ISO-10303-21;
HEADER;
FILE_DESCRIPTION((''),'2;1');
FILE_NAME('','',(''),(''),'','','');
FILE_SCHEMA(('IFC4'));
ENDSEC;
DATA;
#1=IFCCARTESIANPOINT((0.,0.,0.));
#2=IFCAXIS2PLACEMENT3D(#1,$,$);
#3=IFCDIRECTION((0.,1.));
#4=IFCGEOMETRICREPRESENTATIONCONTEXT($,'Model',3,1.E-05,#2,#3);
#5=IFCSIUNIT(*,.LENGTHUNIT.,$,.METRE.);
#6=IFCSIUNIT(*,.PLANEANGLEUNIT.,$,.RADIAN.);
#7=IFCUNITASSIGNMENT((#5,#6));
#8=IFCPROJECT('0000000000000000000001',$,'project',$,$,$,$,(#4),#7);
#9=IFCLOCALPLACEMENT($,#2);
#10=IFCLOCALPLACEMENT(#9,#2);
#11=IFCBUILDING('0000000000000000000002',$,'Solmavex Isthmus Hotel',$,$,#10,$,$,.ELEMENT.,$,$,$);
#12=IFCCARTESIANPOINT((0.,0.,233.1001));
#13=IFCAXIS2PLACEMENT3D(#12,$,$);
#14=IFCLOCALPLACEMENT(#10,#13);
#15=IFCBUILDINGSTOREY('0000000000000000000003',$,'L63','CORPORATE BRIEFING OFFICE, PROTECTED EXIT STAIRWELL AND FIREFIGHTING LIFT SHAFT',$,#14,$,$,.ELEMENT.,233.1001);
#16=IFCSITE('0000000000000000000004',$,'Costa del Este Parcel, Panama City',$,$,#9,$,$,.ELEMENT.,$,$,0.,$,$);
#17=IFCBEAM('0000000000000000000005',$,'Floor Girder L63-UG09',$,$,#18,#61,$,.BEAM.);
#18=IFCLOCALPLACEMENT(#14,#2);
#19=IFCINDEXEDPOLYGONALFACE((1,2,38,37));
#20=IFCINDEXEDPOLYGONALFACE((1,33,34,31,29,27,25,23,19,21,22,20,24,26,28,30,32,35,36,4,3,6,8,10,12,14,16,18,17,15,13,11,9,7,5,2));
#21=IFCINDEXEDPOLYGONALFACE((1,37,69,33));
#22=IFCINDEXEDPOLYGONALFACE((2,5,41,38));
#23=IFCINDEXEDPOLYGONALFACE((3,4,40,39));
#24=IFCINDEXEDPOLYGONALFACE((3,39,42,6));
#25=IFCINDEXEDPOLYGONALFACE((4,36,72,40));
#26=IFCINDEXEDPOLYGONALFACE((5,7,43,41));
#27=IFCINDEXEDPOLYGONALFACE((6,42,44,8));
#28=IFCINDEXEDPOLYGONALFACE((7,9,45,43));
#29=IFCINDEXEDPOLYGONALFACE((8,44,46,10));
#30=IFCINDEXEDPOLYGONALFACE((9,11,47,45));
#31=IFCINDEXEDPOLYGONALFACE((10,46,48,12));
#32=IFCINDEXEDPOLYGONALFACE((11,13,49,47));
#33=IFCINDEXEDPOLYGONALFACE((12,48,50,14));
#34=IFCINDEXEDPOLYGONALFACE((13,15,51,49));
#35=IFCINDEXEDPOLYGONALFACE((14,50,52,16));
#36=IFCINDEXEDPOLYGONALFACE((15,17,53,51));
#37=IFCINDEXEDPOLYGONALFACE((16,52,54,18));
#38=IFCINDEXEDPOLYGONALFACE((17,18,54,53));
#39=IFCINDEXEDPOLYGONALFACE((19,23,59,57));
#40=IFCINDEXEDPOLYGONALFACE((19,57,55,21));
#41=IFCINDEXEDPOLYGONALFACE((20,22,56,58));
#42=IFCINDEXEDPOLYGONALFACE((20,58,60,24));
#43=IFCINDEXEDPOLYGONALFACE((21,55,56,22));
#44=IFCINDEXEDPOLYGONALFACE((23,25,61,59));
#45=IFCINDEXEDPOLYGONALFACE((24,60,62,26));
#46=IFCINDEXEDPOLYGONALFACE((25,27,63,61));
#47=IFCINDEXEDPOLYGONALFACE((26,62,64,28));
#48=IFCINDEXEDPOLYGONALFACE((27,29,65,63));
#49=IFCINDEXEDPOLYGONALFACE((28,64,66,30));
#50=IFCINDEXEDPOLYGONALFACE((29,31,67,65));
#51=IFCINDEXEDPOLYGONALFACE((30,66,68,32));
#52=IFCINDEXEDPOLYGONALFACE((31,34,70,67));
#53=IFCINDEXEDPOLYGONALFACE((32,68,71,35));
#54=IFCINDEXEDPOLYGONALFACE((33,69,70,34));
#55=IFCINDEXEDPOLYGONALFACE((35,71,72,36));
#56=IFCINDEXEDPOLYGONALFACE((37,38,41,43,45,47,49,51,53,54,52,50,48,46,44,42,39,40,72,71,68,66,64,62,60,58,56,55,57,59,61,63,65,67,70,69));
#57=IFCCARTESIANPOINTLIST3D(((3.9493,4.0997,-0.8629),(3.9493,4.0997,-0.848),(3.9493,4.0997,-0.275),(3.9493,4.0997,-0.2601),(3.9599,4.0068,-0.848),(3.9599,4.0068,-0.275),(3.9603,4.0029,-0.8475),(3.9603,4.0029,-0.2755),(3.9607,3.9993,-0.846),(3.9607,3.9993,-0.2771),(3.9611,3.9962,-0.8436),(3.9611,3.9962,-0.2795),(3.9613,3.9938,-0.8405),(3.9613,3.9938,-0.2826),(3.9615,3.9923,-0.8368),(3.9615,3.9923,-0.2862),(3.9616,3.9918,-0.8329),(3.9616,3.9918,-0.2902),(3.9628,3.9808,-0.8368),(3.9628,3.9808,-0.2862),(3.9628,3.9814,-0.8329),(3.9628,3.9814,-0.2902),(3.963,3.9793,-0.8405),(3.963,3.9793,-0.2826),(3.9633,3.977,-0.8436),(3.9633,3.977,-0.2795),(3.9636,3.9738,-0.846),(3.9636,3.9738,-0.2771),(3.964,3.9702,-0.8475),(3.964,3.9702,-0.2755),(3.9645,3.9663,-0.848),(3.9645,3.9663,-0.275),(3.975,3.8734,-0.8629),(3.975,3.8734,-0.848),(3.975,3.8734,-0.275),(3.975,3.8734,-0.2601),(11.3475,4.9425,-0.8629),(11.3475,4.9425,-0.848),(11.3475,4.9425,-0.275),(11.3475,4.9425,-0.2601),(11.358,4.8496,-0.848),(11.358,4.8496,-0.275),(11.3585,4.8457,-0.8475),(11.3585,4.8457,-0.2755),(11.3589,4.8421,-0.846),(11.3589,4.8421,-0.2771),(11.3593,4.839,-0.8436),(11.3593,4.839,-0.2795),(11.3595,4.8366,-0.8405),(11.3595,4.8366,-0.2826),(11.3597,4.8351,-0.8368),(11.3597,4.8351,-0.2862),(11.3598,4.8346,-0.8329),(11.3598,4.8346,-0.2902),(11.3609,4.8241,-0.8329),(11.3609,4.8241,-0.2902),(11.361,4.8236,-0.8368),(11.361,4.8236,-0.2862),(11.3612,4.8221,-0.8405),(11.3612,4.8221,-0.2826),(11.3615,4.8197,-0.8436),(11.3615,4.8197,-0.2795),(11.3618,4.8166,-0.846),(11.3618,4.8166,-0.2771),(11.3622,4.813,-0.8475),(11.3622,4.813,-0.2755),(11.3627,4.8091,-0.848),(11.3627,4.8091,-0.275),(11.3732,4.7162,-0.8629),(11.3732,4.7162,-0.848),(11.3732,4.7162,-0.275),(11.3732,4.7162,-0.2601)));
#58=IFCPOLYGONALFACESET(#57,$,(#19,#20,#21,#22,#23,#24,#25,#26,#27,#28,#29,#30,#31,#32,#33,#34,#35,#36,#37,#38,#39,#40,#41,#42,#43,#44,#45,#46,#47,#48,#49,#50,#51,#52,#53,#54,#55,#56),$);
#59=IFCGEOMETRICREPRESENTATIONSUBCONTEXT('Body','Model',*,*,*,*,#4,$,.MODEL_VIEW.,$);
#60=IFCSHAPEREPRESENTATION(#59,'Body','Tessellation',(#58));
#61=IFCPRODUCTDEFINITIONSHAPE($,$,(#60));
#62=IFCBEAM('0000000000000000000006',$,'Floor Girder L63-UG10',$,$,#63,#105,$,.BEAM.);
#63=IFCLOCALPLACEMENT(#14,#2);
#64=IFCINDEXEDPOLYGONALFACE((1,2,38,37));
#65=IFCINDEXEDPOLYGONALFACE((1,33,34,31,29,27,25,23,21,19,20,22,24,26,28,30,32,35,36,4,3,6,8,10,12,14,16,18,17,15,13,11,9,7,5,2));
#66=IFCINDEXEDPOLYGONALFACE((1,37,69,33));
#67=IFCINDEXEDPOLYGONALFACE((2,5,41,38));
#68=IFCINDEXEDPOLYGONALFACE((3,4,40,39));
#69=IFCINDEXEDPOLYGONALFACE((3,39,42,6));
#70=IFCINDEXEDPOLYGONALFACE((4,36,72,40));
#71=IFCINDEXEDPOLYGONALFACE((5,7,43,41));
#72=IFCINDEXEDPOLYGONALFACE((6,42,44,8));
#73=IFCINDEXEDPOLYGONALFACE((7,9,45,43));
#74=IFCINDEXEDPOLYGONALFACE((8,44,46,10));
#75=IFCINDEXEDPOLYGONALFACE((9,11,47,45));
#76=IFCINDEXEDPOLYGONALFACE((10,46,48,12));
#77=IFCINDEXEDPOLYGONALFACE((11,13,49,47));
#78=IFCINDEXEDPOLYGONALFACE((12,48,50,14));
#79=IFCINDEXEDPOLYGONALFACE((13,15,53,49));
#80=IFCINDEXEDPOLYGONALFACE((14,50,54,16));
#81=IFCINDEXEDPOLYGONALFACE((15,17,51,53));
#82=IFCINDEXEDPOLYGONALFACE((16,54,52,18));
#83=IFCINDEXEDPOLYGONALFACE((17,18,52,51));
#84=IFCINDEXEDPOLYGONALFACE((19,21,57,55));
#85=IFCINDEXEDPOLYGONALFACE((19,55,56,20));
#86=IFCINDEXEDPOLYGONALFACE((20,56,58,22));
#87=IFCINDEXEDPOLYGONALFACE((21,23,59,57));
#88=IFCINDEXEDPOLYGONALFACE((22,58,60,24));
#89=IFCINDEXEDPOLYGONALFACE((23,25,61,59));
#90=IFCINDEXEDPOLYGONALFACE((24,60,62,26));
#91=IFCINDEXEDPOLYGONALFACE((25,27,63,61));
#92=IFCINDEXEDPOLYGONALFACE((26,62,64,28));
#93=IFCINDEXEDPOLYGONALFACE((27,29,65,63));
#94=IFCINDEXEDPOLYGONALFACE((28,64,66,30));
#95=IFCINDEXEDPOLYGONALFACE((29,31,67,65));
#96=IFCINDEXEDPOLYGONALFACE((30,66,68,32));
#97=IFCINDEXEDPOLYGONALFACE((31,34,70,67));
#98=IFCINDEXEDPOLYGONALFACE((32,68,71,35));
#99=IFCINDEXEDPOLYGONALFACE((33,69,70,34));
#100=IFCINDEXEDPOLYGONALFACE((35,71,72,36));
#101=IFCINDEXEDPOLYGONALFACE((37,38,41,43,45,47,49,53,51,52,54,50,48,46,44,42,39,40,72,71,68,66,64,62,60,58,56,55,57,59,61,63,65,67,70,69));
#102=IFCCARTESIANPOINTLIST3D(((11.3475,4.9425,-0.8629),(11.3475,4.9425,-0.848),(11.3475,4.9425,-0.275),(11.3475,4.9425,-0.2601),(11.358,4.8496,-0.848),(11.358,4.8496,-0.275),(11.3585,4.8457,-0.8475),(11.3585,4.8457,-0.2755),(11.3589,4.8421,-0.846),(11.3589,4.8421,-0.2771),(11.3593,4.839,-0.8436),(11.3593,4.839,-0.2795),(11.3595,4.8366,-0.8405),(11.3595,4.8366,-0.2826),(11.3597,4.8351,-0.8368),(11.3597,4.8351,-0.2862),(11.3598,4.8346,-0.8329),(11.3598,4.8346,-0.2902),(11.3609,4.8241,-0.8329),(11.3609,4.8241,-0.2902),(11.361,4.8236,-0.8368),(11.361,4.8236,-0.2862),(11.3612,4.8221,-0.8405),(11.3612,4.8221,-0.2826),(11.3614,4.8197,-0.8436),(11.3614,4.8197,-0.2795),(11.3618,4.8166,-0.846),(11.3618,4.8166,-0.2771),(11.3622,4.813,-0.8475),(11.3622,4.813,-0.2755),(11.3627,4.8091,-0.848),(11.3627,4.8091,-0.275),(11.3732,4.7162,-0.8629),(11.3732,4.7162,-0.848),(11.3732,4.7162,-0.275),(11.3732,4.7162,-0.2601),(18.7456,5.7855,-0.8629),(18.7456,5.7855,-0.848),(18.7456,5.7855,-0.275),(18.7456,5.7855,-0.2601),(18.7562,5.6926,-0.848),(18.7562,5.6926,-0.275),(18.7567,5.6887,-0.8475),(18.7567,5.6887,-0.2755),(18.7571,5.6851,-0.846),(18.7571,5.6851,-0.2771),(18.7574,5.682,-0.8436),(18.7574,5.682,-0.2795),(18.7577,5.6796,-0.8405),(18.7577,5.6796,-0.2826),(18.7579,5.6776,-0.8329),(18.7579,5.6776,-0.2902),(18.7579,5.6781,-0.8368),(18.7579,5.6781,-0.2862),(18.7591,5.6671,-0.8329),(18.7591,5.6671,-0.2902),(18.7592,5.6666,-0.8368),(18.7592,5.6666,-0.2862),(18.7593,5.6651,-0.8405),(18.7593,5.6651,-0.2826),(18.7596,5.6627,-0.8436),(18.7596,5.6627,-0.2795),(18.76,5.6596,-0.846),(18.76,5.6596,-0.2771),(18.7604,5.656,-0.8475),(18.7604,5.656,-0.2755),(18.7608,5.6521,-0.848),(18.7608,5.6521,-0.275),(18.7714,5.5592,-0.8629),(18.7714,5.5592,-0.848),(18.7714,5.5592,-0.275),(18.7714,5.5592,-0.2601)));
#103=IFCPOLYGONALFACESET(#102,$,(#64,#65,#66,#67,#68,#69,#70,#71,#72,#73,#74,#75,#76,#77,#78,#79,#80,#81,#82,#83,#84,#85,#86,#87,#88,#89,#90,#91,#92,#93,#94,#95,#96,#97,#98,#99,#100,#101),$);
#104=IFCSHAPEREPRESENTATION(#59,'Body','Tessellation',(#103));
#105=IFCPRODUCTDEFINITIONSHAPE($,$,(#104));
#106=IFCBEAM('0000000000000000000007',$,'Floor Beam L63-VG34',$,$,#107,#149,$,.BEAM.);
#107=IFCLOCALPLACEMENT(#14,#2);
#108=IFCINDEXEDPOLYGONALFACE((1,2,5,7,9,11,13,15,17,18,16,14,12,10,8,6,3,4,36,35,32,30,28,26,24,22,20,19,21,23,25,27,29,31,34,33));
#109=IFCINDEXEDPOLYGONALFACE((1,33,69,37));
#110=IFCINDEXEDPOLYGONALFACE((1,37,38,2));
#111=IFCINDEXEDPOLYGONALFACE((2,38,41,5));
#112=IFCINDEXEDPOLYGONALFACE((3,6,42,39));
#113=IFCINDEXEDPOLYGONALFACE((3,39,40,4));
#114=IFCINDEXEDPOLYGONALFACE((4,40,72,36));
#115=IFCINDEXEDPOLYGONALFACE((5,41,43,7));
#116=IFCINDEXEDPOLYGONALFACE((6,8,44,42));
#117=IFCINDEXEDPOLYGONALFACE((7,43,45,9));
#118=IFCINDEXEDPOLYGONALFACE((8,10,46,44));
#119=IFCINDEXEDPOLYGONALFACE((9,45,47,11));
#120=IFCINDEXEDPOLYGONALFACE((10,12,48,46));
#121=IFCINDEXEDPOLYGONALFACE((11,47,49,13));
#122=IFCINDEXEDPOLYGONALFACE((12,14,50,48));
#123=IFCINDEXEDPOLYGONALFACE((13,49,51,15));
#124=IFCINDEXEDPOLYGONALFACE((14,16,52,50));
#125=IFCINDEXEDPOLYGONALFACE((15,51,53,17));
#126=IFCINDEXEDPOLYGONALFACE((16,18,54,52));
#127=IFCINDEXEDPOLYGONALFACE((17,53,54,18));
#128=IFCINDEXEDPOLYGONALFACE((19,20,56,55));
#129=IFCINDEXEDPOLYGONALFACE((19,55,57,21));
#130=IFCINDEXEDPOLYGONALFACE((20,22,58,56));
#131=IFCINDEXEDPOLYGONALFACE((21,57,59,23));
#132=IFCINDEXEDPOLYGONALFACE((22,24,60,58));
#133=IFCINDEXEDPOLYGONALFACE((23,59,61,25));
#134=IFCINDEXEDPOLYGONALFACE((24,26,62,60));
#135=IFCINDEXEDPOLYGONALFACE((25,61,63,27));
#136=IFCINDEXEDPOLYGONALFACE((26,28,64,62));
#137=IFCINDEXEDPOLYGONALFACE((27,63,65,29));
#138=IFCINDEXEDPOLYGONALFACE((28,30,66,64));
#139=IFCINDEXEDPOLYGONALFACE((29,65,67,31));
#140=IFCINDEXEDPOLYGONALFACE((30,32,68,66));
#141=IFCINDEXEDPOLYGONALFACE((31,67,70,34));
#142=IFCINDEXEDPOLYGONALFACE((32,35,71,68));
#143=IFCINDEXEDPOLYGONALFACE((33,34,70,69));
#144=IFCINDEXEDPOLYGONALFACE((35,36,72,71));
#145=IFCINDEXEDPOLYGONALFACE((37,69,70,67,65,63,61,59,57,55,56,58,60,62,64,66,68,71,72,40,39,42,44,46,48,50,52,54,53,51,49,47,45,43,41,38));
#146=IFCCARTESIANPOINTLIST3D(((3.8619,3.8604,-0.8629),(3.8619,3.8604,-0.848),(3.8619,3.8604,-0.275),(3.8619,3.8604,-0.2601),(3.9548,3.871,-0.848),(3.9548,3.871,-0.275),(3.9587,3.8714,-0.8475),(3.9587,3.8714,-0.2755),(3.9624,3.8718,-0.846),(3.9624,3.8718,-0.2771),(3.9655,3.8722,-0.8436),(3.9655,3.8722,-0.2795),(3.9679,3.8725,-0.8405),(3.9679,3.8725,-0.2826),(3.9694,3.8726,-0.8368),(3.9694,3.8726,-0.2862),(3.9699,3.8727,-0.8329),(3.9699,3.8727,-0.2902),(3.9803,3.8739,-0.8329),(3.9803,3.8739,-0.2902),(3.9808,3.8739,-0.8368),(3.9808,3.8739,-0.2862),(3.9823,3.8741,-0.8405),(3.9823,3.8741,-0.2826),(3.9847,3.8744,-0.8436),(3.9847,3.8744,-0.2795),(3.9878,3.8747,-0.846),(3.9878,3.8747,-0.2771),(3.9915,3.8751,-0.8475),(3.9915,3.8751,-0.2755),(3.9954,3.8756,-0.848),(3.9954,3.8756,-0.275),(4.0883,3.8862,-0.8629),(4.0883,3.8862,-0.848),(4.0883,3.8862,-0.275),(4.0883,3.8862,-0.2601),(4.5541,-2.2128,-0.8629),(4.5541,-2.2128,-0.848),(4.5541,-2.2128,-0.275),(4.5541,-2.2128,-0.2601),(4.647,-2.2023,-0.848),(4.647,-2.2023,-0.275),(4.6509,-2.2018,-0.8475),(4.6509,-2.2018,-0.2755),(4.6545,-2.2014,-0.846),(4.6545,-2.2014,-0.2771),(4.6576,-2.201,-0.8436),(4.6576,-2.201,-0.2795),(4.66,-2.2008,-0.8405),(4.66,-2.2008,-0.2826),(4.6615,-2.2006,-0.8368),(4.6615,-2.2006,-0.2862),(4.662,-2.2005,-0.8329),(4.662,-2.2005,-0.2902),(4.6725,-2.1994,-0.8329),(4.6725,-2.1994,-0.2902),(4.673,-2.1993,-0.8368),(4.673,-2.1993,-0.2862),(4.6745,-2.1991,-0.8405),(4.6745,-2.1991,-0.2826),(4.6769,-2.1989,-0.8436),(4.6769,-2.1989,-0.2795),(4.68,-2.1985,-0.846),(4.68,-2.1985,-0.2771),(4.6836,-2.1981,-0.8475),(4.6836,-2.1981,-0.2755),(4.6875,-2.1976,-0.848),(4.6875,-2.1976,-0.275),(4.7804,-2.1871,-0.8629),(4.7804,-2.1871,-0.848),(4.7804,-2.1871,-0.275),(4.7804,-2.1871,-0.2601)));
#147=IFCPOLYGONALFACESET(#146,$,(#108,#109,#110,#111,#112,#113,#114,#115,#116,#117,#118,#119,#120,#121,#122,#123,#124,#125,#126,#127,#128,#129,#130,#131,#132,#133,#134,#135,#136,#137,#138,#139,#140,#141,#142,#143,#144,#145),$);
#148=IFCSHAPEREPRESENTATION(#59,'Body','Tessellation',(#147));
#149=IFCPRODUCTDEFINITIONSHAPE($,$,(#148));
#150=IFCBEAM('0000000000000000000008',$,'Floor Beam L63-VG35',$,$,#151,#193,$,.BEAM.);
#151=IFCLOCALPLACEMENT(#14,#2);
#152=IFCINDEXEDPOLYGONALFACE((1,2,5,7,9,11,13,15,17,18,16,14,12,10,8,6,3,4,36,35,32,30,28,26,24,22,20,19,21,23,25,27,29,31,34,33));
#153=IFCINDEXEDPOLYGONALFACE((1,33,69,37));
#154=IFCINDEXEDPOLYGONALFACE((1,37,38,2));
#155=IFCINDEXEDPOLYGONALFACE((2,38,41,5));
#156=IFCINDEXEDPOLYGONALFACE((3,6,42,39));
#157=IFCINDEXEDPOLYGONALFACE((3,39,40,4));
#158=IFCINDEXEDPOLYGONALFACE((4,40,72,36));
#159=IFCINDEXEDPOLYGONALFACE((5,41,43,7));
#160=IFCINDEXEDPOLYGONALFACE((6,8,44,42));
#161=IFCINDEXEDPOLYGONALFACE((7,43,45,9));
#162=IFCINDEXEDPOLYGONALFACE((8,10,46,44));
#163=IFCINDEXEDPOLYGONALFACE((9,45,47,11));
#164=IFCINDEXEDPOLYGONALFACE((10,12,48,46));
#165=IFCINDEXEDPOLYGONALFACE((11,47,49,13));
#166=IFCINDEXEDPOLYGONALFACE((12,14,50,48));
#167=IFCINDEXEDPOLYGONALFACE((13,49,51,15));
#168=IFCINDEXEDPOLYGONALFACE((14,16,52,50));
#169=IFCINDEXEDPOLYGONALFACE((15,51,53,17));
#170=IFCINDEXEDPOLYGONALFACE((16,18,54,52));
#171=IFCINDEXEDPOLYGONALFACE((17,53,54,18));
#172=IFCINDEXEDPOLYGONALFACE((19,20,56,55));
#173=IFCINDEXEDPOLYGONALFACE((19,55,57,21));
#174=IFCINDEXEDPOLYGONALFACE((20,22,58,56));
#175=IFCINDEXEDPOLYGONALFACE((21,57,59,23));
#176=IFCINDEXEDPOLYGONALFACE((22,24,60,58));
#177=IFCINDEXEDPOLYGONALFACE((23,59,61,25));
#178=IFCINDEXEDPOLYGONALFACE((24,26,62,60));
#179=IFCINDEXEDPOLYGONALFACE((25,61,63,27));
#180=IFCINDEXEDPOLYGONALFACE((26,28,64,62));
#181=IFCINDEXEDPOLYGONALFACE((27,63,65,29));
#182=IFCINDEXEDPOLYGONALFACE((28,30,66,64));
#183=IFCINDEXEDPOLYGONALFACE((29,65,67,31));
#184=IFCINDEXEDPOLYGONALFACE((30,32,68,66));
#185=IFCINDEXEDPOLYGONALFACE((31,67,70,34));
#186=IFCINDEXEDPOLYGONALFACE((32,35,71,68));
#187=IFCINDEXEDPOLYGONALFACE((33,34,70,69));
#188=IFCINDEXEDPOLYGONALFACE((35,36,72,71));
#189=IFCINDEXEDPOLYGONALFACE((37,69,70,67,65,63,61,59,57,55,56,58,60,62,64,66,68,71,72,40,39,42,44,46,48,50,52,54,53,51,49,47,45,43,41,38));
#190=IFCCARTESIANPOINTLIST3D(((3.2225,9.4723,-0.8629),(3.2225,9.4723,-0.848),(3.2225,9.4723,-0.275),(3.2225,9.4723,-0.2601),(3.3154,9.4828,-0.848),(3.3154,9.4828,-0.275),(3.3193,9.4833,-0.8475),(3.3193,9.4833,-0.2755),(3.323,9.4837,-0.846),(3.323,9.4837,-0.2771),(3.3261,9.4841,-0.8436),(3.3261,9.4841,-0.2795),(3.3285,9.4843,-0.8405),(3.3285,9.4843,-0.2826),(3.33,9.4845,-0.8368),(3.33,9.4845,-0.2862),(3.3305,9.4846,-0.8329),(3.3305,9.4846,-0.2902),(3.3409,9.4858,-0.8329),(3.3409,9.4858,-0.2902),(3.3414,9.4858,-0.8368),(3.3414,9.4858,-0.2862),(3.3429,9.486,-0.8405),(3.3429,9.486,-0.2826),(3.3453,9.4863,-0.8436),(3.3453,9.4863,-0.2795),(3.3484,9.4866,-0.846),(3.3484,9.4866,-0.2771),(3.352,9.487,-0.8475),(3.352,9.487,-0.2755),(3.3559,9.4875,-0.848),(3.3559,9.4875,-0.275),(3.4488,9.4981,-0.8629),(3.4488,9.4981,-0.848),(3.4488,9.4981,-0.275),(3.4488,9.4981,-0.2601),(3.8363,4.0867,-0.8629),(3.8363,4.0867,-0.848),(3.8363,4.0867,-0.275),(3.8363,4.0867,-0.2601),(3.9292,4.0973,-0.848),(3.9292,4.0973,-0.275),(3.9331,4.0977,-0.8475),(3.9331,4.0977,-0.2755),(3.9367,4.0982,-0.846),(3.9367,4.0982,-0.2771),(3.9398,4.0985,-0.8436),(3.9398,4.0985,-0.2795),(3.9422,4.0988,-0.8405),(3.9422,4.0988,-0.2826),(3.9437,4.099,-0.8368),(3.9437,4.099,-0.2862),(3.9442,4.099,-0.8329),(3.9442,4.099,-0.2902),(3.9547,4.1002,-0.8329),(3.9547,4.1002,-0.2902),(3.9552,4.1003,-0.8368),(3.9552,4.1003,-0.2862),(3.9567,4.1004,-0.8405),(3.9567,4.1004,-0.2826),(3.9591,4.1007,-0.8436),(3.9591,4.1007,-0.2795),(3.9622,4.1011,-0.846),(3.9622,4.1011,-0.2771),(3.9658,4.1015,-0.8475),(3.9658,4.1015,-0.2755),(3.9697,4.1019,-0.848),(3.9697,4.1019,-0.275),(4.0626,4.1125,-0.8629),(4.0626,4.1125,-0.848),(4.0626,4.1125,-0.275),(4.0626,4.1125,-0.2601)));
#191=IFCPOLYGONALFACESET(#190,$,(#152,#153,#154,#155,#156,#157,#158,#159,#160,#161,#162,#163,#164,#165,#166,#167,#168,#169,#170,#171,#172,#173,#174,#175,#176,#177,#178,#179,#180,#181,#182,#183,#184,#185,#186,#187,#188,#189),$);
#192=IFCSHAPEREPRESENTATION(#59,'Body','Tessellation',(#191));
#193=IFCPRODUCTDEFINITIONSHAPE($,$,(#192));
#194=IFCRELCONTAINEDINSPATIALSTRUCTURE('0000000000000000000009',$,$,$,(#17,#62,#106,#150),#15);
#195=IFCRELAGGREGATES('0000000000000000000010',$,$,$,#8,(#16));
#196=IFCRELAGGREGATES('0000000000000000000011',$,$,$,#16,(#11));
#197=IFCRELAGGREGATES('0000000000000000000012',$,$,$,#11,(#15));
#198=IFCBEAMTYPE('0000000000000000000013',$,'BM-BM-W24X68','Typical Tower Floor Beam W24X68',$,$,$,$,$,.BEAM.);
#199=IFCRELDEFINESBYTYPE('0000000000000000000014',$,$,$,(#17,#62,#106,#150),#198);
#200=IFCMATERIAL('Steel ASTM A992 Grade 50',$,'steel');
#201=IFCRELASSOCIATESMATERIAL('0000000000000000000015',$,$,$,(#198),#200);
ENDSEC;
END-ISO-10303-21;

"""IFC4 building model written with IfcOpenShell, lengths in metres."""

from ifc_helpers import new_model, si_unit, direction, frame, origin, origin_2d, place, context, subcontext, project, spatial, i_section, extrude, material, material_profile, profile_set, type_object, element, save


model = new_model("IFC4")

# Units and contexts
model_context = context("Model", 3, precision=1e-05, world=origin(), true_north=direction((0.0, 1.0)))
body_context = subcontext(model_context, "Body", "Model", "MODEL_VIEW")
ifc_project = project(units=[si_unit("LENGTHUNIT", "METRE"), si_unit("PLANEANGLEUNIT", "RADIAN")], contexts=[model_context])

# Site, building, storey
site_placement = place(None, origin())
site = spatial("IfcSite", under=ifc_project, at=site_placement, Name="Costa del Este Parcel, Panama City", CompositionType="ELEMENT", RefElevation=0.0)
building_placement = place(site_placement, origin())
building = spatial("IfcBuilding", under=site, at=building_placement, Name="Solmavex Isthmus Hotel", CompositionType="ELEMENT")
storey_placement = place(building_placement, frame((0.0, 0.0, 233.1001)))
storey = spatial("IfcBuildingStorey", under=building, at=storey_placement, Name="L63", Description="CORPORATE BRIEFING OFFICE, PROTECTED EXIT STAIRWELL AND FIREFIGHTING LIFT SHAFT", CompositionType="ELEMENT", Elevation=233.1001)

# Beams
ifc_material_1 = material(Name="Steel ASTM A992 Grade 50", Category="steel")
ifc_material_profile_1 = material_profile(ifc_material_1, i_section(OverallWidth=0.2278, OverallDepth=0.6028, WebThickness=0.0105, FlangeThickness=0.0149, FilletRadius=0.0151, at=origin_2d()), Name="W24X68")
ifc_profile_set_1 = profile_set([ifc_material_profile_1], Name="Steel ASTM A992 Grade 50")
beam_type_1 = type_object("IfcBeamType", Name="BM-BM-W24X68", Description="Typical Tower Floor Beam W24X68", PredefinedType="BEAM", material=ifc_profile_set_1)
for number, where, z_axis, x_axis, name in (
    (1, (3.9622, 3.9866, -0.5615), (0.993574, 0.113184, 0.0), (-0.113184, 0.993574, 0.0), "Floor Girder L63-UG09"),
    (2, (11.3604, 4.8293, -0.5615), (0.99357, 0.113216, 0.0), (-0.113216, 0.99357, 0.0), "Floor Girder L63-UG10"),
):
    element("IfcBeam", number, at=place(storey_placement, frame(where, z_axis=z_axis, x_axis=x_axis)), inside=storey, type_object=beam_type_1, Name=name, PredefinedType="BEAM", context=body_context, shape_type="SweptSolid", body=[
        extrude(i_section(OverallWidth=0.2278, OverallDepth=0.6028, WebThickness=0.0105, FlangeThickness=0.0149, FilletRadius=0.0151, at=origin_2d()), origin(), (0.0, 0.0, 1.0), 7.446),
    ])
beam_1_placement = place(storey_placement, frame((4.6672, -2.2, -0.5615), z_axis=(-0.113232, 0.993569, 0.0), x_axis=(-0.993569, -0.113232, 0.0)))
element("IfcBeam", 3, at=beam_1_placement, inside=storey, type_object=beam_type_1, Name="Floor Beam L63-VG34", PredefinedType="BEAM", context=body_context, shape_type="SweptSolid", body=[
    extrude(i_section(OverallWidth=0.2278, OverallDepth=0.6028, WebThickness=0.0105, FlangeThickness=0.0149, FilletRadius=0.0151, at=origin_2d()), origin(), (0.0, 0.0, 1.0), 6.1125),
])
beam_2_placement = place(storey_placement, frame((3.9495, 4.0996, -0.5615), z_axis=(-0.113234, 0.993568, 0.0), x_axis=(-0.993568, -0.113234, 0.0)))
element("IfcBeam", 4, at=beam_2_placement, inside=storey, type_object=beam_type_1, Name="Floor Beam L63-VG35", PredefinedType="BEAM", context=body_context, shape_type="SweptSolid", body=[
    extrude(i_section(OverallWidth=0.2278, OverallDepth=0.6028, WebThickness=0.0105, FlangeThickness=0.0149, FilletRadius=0.0151, at=origin_2d()), origin(), (0.0, 0.0, 1.0), 5.4204),
])

save(model, "model.ifc")
